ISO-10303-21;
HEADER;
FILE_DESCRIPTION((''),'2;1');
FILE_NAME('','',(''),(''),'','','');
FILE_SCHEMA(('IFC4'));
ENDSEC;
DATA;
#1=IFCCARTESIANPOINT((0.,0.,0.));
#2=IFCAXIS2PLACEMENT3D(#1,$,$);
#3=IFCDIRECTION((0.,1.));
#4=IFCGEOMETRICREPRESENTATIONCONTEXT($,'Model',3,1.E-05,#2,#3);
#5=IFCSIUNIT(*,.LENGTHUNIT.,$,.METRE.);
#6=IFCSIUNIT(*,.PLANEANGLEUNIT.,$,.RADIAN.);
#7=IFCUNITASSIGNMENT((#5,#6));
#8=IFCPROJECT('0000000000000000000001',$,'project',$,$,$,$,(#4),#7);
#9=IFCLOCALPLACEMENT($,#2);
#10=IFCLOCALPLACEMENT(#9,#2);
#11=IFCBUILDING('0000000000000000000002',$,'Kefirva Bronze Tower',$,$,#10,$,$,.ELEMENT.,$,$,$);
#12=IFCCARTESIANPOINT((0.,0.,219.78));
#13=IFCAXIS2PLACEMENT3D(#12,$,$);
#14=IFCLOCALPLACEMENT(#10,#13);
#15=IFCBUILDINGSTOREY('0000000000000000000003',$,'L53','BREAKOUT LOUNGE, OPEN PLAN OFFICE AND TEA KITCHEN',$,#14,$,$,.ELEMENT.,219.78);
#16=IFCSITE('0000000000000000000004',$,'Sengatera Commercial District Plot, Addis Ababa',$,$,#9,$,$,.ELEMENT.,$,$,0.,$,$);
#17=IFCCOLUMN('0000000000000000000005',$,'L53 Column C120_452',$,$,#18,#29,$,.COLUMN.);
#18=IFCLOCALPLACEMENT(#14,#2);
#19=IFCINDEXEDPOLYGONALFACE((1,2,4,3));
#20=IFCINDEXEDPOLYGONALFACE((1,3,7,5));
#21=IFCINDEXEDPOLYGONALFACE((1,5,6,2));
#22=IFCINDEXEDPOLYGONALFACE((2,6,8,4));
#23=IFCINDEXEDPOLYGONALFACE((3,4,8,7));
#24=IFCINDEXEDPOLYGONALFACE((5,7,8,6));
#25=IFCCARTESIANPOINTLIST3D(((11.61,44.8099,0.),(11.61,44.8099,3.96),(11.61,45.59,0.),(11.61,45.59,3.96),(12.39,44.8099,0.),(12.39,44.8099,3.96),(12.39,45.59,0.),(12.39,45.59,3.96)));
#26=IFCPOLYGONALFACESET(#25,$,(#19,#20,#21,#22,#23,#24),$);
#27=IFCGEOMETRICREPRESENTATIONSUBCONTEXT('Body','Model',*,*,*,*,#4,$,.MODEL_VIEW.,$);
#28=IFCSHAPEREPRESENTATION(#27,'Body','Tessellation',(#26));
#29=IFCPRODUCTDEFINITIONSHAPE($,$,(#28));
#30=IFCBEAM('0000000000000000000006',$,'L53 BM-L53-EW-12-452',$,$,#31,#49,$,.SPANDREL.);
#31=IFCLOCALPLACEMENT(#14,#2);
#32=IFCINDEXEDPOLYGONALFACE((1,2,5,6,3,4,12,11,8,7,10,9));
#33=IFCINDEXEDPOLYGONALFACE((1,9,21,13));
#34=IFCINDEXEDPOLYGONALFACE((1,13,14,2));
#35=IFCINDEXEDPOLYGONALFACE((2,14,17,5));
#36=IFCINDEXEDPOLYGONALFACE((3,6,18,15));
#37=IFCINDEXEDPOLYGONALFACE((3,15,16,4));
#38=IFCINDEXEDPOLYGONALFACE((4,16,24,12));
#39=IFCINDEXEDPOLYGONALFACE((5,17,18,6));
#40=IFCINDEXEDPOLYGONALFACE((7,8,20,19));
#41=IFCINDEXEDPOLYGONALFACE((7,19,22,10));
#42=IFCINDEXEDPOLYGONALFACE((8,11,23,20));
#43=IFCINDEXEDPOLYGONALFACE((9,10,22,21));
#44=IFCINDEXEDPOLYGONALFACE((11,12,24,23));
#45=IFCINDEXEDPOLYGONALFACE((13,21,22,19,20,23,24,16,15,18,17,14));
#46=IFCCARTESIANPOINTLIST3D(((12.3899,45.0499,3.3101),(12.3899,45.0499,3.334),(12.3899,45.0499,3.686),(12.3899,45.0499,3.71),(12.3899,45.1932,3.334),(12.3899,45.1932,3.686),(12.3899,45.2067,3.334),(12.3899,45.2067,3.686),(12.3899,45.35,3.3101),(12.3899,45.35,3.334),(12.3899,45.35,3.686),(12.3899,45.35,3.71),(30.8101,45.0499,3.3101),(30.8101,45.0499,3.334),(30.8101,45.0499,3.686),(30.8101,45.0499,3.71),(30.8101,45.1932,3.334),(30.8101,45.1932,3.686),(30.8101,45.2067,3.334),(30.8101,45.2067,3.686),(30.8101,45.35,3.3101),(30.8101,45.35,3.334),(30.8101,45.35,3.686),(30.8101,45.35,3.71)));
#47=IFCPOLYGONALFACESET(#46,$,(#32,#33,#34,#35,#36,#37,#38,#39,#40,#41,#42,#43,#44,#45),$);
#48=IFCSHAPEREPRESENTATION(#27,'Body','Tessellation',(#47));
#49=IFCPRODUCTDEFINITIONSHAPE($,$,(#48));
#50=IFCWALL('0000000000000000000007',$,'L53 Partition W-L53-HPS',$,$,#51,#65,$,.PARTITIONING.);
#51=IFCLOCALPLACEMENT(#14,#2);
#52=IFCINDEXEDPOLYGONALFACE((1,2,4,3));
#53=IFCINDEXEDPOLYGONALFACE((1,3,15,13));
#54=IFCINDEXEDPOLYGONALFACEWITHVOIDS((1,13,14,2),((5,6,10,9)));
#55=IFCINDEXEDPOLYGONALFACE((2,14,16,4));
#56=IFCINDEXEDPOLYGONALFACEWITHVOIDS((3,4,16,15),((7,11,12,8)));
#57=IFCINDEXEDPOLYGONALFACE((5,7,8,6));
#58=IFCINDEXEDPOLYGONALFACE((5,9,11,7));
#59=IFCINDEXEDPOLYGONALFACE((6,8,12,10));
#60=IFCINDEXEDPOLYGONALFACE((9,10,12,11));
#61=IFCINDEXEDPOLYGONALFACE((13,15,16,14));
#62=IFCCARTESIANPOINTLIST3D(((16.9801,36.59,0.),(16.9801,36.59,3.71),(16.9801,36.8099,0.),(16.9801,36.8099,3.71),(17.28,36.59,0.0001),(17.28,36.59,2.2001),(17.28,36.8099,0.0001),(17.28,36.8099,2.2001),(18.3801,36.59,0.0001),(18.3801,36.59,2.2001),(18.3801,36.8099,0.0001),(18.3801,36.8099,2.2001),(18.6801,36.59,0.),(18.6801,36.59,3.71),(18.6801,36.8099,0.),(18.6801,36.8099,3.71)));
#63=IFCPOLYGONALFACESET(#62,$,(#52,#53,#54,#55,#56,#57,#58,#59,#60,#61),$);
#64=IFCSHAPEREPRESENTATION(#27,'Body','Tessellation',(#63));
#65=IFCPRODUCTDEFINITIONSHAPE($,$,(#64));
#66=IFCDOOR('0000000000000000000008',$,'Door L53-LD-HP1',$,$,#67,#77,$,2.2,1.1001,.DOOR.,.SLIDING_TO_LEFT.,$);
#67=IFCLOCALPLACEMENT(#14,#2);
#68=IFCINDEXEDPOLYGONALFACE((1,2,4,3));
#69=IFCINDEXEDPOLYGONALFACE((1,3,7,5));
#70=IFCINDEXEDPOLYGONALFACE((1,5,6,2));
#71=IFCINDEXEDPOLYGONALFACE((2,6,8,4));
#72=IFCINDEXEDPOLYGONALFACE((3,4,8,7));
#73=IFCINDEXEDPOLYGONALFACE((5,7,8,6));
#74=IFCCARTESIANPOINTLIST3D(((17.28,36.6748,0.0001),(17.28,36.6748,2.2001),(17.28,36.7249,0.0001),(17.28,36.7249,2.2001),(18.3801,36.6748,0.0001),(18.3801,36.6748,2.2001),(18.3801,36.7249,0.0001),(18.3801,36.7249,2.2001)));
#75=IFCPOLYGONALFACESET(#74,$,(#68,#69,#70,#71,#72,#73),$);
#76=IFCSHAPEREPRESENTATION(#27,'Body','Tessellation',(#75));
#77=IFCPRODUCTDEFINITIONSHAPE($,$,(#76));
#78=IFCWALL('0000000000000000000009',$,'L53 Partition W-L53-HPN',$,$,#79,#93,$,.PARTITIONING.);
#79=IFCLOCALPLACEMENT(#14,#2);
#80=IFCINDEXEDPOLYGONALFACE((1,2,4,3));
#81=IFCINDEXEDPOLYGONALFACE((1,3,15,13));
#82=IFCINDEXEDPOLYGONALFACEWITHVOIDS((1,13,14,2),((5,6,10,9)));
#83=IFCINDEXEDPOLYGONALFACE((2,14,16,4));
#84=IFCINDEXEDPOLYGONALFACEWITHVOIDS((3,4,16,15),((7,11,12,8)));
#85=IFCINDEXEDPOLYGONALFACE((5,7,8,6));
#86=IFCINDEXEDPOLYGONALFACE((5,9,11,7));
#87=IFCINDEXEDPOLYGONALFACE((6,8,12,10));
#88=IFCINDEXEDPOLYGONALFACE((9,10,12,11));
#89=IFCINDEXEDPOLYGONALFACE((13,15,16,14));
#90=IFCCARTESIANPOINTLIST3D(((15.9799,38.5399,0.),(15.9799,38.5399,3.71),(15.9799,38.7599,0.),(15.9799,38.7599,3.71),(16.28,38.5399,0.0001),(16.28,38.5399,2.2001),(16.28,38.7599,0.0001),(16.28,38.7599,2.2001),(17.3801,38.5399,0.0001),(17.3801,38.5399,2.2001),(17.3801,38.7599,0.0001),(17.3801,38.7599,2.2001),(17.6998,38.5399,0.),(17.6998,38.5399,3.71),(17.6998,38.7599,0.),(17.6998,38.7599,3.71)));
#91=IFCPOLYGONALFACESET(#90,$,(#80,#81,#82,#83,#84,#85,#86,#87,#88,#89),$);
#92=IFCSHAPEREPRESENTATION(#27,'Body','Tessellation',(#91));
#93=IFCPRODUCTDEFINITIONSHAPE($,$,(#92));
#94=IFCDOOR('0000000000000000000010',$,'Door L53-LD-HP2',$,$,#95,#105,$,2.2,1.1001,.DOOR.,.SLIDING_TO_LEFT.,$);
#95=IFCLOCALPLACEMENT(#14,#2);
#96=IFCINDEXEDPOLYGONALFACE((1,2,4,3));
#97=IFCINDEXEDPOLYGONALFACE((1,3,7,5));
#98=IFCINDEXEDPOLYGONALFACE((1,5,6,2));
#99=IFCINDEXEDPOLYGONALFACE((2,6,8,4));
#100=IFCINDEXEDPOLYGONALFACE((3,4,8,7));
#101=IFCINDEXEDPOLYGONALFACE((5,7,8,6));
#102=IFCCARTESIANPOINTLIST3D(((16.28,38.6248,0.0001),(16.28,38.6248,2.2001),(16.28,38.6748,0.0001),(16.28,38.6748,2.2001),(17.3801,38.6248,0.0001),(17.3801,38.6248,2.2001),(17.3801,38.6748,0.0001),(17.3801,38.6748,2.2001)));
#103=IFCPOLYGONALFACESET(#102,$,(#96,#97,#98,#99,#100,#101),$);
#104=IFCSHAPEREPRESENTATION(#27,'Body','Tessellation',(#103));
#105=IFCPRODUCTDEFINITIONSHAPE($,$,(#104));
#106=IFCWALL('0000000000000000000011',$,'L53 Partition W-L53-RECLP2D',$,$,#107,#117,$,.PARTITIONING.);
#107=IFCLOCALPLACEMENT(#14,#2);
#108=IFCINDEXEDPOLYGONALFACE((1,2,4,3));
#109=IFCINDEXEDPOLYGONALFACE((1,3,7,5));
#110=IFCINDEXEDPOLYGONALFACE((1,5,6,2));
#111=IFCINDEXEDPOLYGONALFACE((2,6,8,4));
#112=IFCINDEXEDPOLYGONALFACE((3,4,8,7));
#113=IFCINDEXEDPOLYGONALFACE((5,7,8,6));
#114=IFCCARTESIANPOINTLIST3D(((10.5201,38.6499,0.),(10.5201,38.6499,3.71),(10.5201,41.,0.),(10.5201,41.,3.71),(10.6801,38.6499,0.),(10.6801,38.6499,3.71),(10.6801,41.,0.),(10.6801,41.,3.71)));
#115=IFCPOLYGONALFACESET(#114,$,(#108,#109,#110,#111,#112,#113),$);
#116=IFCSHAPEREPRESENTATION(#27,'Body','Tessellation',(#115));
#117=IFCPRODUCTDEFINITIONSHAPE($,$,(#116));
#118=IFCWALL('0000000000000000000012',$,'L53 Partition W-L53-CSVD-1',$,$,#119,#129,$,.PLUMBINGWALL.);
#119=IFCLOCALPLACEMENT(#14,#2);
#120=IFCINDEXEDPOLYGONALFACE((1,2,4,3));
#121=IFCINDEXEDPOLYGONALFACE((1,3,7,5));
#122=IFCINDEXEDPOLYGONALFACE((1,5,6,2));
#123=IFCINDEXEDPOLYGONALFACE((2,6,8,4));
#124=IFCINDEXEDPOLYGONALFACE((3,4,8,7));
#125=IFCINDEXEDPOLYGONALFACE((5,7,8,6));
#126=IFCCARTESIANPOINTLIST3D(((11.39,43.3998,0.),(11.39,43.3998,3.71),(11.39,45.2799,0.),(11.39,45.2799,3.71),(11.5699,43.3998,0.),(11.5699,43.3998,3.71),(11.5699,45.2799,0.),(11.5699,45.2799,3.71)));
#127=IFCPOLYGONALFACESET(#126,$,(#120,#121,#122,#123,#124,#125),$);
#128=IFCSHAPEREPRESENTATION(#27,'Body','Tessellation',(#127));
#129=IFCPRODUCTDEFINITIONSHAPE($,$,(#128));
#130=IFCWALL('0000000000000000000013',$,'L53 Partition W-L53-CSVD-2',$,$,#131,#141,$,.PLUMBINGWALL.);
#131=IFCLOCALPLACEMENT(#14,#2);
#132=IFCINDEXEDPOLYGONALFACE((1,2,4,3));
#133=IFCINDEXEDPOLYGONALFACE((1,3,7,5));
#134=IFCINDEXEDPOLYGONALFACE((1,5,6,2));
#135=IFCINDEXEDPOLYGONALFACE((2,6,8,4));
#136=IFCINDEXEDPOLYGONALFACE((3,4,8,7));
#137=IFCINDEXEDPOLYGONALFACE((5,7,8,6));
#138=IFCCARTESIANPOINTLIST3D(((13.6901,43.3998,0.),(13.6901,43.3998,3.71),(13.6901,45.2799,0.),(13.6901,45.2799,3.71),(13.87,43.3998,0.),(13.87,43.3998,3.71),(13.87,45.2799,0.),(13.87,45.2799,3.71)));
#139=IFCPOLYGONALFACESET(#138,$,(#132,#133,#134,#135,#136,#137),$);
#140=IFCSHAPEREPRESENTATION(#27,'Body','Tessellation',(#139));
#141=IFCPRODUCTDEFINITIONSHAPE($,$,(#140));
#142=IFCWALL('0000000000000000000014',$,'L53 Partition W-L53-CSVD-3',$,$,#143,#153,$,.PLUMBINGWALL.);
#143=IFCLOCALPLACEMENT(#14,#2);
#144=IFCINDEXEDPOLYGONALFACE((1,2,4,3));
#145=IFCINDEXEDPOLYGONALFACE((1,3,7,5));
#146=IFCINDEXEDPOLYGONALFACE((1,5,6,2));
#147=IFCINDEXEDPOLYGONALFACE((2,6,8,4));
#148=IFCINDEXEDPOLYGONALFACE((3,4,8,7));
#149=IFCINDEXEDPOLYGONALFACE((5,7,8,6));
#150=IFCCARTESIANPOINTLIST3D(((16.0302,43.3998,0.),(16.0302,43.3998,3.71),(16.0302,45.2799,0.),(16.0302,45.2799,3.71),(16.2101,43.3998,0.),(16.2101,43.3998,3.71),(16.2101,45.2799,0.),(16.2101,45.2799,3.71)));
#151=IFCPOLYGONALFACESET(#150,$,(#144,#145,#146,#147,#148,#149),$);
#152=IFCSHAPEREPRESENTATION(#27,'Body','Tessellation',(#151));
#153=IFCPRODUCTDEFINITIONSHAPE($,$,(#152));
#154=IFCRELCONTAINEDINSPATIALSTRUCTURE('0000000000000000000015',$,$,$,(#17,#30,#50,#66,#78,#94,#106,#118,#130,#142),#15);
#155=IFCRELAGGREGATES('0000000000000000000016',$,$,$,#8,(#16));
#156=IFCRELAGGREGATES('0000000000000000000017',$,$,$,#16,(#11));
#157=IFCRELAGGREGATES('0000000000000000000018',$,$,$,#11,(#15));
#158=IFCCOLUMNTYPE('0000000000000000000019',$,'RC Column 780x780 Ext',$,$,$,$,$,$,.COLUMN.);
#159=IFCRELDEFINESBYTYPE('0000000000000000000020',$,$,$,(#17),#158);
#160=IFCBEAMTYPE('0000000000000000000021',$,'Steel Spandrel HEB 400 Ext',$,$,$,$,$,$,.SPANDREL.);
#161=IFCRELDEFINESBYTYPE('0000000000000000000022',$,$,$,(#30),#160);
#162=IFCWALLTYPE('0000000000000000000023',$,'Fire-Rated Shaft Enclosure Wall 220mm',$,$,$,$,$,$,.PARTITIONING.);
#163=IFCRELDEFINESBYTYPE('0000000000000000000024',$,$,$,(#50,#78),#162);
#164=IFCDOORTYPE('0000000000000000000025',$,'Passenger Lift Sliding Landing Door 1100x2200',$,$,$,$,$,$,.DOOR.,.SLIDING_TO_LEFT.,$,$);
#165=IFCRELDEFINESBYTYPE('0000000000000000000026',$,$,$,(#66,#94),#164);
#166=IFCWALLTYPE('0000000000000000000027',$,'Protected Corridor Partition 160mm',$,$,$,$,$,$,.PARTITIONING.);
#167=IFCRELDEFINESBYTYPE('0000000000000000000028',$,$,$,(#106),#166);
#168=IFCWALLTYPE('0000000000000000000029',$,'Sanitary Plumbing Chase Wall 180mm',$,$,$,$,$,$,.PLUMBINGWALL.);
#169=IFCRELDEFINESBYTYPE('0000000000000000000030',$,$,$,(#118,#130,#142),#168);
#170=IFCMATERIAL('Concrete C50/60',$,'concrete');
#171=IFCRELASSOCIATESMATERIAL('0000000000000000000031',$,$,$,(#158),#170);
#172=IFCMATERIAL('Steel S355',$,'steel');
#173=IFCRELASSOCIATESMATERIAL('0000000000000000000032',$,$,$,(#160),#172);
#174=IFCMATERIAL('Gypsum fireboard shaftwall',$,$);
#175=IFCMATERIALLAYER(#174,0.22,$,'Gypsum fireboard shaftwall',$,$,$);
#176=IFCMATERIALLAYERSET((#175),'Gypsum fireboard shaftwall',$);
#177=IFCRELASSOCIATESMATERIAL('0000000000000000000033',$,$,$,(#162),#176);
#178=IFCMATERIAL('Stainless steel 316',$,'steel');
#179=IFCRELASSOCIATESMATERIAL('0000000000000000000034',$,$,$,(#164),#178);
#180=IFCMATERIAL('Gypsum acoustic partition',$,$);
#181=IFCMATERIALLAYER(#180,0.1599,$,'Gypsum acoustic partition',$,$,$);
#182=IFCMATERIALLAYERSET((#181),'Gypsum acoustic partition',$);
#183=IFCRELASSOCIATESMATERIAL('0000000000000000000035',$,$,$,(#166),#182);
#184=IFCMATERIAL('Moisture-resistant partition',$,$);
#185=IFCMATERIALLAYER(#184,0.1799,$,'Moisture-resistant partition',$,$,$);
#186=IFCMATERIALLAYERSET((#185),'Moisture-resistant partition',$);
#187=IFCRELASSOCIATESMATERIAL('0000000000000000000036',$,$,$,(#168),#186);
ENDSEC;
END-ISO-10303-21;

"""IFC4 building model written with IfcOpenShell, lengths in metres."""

from ifc_helpers import new_model, si_unit, direction, frame, frame_2d, origin, origin_2d, place, context, subcontext, project, spatial, rectangle, i_section, extrude, material, layer, layer_set, material_profile, profile_set, type_object, element, fill, save


model = new_model("IFC4")

# Units and contexts
model_context = context("Model", 3, precision=1e-05, world=origin(), true_north=direction((0.0, 1.0)))
body_context = subcontext(model_context, "Body", "Model", "MODEL_VIEW")
ifc_project = project(units=[si_unit("LENGTHUNIT", "METRE"), si_unit("PLANEANGLEUNIT", "RADIAN")], contexts=[model_context])

# Site, building, storey
site_placement = place(None, origin())
site = spatial("IfcSite", under=ifc_project, at=site_placement, Name="Sengatera Commercial District Plot, Addis Ababa", CompositionType="ELEMENT", RefElevation=0.0)
building_placement = place(site_placement, origin())
building = spatial("IfcBuilding", under=site, at=building_placement, Name="Kefirva Bronze Tower", CompositionType="ELEMENT")
storey_placement = place(building_placement, frame((0.0, 0.0, 219.78)))
storey = spatial("IfcBuildingStorey", under=building, at=storey_placement, Name="L53", Description="BREAKOUT LOUNGE, OPEN PLAN OFFICE AND TEA KITCHEN", CompositionType="ELEMENT", Elevation=219.78)

# Column
ifc_material_1 = material(Name="Concrete C50/60", Category="concrete")
ifc_material_profile_1 = material_profile(ifc_material_1, rectangle(XDim=0.78, YDim=0.78, at=origin_2d()), Name="RC 780x780")
ifc_profile_set_1 = profile_set([ifc_material_profile_1], Name="Concrete C50/60")
column_type = type_object("IfcColumnType", Name="RC Column 780x780 Ext", PredefinedType="COLUMN", material=ifc_profile_set_1)
column_placement = place(storey_placement, frame((12.0, 45.2, 0.0), z_axis=(0.0, 0.0, 1.0), x_axis=(1.0, 0.0, 0.0)))
element("IfcColumn", 1, at=column_placement, inside=storey, type_object=column_type, Name="L53 Column C120_452", PredefinedType="COLUMN", context=body_context, shape_type="SweptSolid", body=[
    extrude(rectangle(XDim=0.78, YDim=0.78, at=origin_2d()), origin(), (0.0, 0.0, 1.0), 3.96),
])

# Beam
ifc_material_2 = material(Name="Steel S355", Category="steel")
ifc_material_profile_2 = material_profile(ifc_material_2, i_section(OverallWidth=0.3, OverallDepth=0.3999, WebThickness=0.0134, FlangeThickness=0.0239, at=origin_2d()), Name="HEB 400")
ifc_profile_set_2 = profile_set([ifc_material_profile_2], Name="Steel S355")
beam_type = type_object("IfcBeamType", Name="Steel Spandrel HEB 400 Ext", PredefinedType="SPANDREL", material=ifc_profile_set_2)
beam_placement = place(storey_placement, frame((12.3899, 45.2, 3.51), z_axis=(1.0, 0.0, 0.0), x_axis=(0.0, 1.0, 0.0)))
element("IfcBeam", 2, at=beam_placement, inside=storey, type_object=beam_type, Name="L53 BM-L53-EW-12-452", PredefinedType="SPANDREL", context=body_context, shape_type="SweptSolid", body=[
    extrude(i_section(OverallWidth=0.3, OverallDepth=0.3999, WebThickness=0.0134, FlangeThickness=0.0239, at=origin_2d()), origin(), (0.0, 0.0, 1.0), 18.4202),
])

# Walls, openings, doors
ifc_material_3 = material(Name="Gypsum acoustic partition")
ifc_material_4 = material(Name="Gypsum fireboard shaftwall")
ifc_layer_1 = layer(ifc_material_4, 0.22, Name="Gypsum fireboard shaftwall")
ifc_layer_set_1 = layer_set([ifc_layer_1], Name="Gypsum fireboard shaftwall")
wall_type_1 = type_object("IfcWallType", Name="Fire-Rated Shaft Enclosure Wall 220mm", PredefinedType="PARTITIONING", material=ifc_layer_set_1)
wall_1_placement = place(storey_placement, frame((16.98, 36.7, 0.0), z_axis=(0.0, 0.0, 1.0), x_axis=(1.0, 0.0, 0.0)))
wall_1 = element("IfcWall", 3, at=wall_1_placement, inside=storey, type_object=wall_type_1, Name="L53 Partition W-L53-HPS", PredefinedType="PARTITIONING", context=body_context, shape_type="SweptSolid", body=[
    extrude(rectangle(XDim=1.7, YDim=0.22, at=frame_2d((0.8501, 0.0))), origin(), (0.0, 0.0, 1.0), 3.71),
])
opening_1_placement = place(wall_1_placement, frame((0.3, 0.0, 0.0)))
opening_1 = element("IfcOpeningElement", 4, at=opening_1_placement, cuts=wall_1, PredefinedType="OPENING", context=body_context, shape_type="SweptSolid", body=[
    extrude(rectangle(XDim=1.1001, YDim=2.2, at=frame_2d((0.55, 1.1001))), frame((0.0, 0.1201, 0.0), z_axis=(0.0, -1.0, 0.0), x_axis=(1.0, 0.0, 0.0)), (0.0, 0.0, 1.0), 0.24),
])
ifc_material_5 = material(Name="Stainless steel 316", Category="steel")
door_type_1 = type_object("IfcDoorType", Name="Passenger Lift Sliding Landing Door 1100x2200", OperationType="SLIDING_TO_LEFT", PredefinedType="DOOR", material=ifc_material_5)
door_1_placement = place(opening_1_placement, origin())
door_1 = element("IfcDoor", 5, at=door_1_placement, inside=storey, type_object=door_type_1, Name="Door L53-LD-HP1", OperationType="SLIDING_TO_LEFT", OverallHeight=2.2, OverallWidth=1.1001, PredefinedType="DOOR", context=body_context, shape_type="SweptSolid", body=[
    extrude(rectangle(XDim=1.1001, YDim=2.2, at=frame_2d((0.55, 1.1001))), frame((0.0, 0.0249, 0.0), z_axis=(0.0, -1.0, 0.0), x_axis=(1.0, 0.0, 0.0)), (0.0, 0.0, 1.0), 0.05),
])
fill(opening_1, door_1)
wall_2_placement = place(storey_placement, frame((15.98, 38.6499, 0.0), z_axis=(0.0, 0.0, 1.0), x_axis=(1.0, 0.0, 0.0)))
wall_2 = element("IfcWall", 6, at=wall_2_placement, inside=storey, type_object=wall_type_1, Name="L53 Partition W-L53-HPN", PredefinedType="PARTITIONING", context=body_context, shape_type="SweptSolid", body=[
    extrude(rectangle(XDim=1.72, YDim=0.22, at=frame_2d((0.8599, 0.0))), origin(), (0.0, 0.0, 1.0), 3.71),
])
opening_2_placement = place(wall_2_placement, frame((0.3, 0.0, 0.0)))
opening_2 = element("IfcOpeningElement", 7, at=opening_2_placement, cuts=wall_2, PredefinedType="OPENING", context=body_context, shape_type="SweptSolid", body=[
    extrude(rectangle(XDim=1.1001, YDim=2.2, at=frame_2d((0.55, 1.1001))), frame((0.0, 0.1201, 0.0), z_axis=(0.0, -1.0, 0.0), x_axis=(1.0, 0.0, 0.0)), (0.0, 0.0, 1.0), 0.24),
])
door_2_placement = place(opening_2_placement, origin())
door_2 = element("IfcDoor", 8, at=door_2_placement, inside=storey, type_object=door_type_1, Name="Door L53-LD-HP2", OperationType="SLIDING_TO_LEFT", OverallHeight=2.2, OverallWidth=1.1001, PredefinedType="DOOR", context=body_context, shape_type="SweptSolid", body=[
    extrude(rectangle(XDim=1.1001, YDim=2.2, at=frame_2d((0.55, 1.1001))), frame((0.0, 0.0249, 0.0), z_axis=(0.0, -1.0, 0.0), x_axis=(1.0, 0.0, 0.0)), (0.0, 0.0, 1.0), 0.05),
])
fill(opening_2, door_2)

# Shared definitions
ifc_layer_2 = layer(ifc_material_3, 0.1599, Name="Gypsum acoustic partition")
ifc_layer_set_2 = layer_set([ifc_layer_2], Name="Gypsum acoustic partition")
wall_type_2 = type_object("IfcWallType", Name="Protected Corridor Partition 160mm", PredefinedType="PARTITIONING", material=ifc_layer_set_2)

# Walls
wall_3_placement = place(storey_placement, frame((10.6001, 38.6499, 0.0), z_axis=(0.0, 0.0, 1.0), x_axis=(0.0, 1.0, 0.0)))
element("IfcWall", 9, at=wall_3_placement, inside=storey, type_object=wall_type_2, Name="L53 Partition W-L53-RECLP2D", PredefinedType="PARTITIONING", context=body_context, shape_type="SweptSolid", body=[
    extrude(rectangle(XDim=2.3501, YDim=0.1599, at=frame_2d((1.175, 0.0))), origin(), (0.0, 0.0, 1.0), 3.71),
])
ifc_material_6 = material(Name="Moisture-resistant partition")
ifc_layer_3 = layer(ifc_material_6, 0.1799, Name="Moisture-resistant partition")
ifc_layer_set_3 = layer_set([ifc_layer_3], Name="Moisture-resistant partition")
wall_type_3 = type_object("IfcWallType", Name="Sanitary Plumbing Chase Wall 180mm", PredefinedType="PLUMBINGWALL", material=ifc_layer_set_3)
for number, where, z_axis, x_axis, name in (
    (10, (11.48, 43.3999, 0.0), (0.0, 0.0, 1.0), (0.0, 1.0, 0.0), "L53 Partition W-L53-CSVD-1"),
    (11, (13.78, 43.3999, 0.0), (0.0, 0.0, 1.0), (0.0, 1.0, 0.0), "L53 Partition W-L53-CSVD-2"),
    (12, (16.1201, 43.3999, 0.0), (0.0, 0.0, 1.0), (0.0, 1.0, 0.0), "L53 Partition W-L53-CSVD-3"),
):
    element("IfcWall", number, at=place(storey_placement, frame(where, z_axis=z_axis, x_axis=x_axis)), inside=storey, type_object=wall_type_3, Name=name, PredefinedType="PLUMBINGWALL", context=body_context, shape_type="SweptSolid", body=[
        extrude(rectangle(XDim=1.8801, YDim=0.1799, at=frame_2d((0.9399, 0.0))), origin(), (0.0, 0.0, 1.0), 3.71),
    ])

save(model, "model.ifc")
